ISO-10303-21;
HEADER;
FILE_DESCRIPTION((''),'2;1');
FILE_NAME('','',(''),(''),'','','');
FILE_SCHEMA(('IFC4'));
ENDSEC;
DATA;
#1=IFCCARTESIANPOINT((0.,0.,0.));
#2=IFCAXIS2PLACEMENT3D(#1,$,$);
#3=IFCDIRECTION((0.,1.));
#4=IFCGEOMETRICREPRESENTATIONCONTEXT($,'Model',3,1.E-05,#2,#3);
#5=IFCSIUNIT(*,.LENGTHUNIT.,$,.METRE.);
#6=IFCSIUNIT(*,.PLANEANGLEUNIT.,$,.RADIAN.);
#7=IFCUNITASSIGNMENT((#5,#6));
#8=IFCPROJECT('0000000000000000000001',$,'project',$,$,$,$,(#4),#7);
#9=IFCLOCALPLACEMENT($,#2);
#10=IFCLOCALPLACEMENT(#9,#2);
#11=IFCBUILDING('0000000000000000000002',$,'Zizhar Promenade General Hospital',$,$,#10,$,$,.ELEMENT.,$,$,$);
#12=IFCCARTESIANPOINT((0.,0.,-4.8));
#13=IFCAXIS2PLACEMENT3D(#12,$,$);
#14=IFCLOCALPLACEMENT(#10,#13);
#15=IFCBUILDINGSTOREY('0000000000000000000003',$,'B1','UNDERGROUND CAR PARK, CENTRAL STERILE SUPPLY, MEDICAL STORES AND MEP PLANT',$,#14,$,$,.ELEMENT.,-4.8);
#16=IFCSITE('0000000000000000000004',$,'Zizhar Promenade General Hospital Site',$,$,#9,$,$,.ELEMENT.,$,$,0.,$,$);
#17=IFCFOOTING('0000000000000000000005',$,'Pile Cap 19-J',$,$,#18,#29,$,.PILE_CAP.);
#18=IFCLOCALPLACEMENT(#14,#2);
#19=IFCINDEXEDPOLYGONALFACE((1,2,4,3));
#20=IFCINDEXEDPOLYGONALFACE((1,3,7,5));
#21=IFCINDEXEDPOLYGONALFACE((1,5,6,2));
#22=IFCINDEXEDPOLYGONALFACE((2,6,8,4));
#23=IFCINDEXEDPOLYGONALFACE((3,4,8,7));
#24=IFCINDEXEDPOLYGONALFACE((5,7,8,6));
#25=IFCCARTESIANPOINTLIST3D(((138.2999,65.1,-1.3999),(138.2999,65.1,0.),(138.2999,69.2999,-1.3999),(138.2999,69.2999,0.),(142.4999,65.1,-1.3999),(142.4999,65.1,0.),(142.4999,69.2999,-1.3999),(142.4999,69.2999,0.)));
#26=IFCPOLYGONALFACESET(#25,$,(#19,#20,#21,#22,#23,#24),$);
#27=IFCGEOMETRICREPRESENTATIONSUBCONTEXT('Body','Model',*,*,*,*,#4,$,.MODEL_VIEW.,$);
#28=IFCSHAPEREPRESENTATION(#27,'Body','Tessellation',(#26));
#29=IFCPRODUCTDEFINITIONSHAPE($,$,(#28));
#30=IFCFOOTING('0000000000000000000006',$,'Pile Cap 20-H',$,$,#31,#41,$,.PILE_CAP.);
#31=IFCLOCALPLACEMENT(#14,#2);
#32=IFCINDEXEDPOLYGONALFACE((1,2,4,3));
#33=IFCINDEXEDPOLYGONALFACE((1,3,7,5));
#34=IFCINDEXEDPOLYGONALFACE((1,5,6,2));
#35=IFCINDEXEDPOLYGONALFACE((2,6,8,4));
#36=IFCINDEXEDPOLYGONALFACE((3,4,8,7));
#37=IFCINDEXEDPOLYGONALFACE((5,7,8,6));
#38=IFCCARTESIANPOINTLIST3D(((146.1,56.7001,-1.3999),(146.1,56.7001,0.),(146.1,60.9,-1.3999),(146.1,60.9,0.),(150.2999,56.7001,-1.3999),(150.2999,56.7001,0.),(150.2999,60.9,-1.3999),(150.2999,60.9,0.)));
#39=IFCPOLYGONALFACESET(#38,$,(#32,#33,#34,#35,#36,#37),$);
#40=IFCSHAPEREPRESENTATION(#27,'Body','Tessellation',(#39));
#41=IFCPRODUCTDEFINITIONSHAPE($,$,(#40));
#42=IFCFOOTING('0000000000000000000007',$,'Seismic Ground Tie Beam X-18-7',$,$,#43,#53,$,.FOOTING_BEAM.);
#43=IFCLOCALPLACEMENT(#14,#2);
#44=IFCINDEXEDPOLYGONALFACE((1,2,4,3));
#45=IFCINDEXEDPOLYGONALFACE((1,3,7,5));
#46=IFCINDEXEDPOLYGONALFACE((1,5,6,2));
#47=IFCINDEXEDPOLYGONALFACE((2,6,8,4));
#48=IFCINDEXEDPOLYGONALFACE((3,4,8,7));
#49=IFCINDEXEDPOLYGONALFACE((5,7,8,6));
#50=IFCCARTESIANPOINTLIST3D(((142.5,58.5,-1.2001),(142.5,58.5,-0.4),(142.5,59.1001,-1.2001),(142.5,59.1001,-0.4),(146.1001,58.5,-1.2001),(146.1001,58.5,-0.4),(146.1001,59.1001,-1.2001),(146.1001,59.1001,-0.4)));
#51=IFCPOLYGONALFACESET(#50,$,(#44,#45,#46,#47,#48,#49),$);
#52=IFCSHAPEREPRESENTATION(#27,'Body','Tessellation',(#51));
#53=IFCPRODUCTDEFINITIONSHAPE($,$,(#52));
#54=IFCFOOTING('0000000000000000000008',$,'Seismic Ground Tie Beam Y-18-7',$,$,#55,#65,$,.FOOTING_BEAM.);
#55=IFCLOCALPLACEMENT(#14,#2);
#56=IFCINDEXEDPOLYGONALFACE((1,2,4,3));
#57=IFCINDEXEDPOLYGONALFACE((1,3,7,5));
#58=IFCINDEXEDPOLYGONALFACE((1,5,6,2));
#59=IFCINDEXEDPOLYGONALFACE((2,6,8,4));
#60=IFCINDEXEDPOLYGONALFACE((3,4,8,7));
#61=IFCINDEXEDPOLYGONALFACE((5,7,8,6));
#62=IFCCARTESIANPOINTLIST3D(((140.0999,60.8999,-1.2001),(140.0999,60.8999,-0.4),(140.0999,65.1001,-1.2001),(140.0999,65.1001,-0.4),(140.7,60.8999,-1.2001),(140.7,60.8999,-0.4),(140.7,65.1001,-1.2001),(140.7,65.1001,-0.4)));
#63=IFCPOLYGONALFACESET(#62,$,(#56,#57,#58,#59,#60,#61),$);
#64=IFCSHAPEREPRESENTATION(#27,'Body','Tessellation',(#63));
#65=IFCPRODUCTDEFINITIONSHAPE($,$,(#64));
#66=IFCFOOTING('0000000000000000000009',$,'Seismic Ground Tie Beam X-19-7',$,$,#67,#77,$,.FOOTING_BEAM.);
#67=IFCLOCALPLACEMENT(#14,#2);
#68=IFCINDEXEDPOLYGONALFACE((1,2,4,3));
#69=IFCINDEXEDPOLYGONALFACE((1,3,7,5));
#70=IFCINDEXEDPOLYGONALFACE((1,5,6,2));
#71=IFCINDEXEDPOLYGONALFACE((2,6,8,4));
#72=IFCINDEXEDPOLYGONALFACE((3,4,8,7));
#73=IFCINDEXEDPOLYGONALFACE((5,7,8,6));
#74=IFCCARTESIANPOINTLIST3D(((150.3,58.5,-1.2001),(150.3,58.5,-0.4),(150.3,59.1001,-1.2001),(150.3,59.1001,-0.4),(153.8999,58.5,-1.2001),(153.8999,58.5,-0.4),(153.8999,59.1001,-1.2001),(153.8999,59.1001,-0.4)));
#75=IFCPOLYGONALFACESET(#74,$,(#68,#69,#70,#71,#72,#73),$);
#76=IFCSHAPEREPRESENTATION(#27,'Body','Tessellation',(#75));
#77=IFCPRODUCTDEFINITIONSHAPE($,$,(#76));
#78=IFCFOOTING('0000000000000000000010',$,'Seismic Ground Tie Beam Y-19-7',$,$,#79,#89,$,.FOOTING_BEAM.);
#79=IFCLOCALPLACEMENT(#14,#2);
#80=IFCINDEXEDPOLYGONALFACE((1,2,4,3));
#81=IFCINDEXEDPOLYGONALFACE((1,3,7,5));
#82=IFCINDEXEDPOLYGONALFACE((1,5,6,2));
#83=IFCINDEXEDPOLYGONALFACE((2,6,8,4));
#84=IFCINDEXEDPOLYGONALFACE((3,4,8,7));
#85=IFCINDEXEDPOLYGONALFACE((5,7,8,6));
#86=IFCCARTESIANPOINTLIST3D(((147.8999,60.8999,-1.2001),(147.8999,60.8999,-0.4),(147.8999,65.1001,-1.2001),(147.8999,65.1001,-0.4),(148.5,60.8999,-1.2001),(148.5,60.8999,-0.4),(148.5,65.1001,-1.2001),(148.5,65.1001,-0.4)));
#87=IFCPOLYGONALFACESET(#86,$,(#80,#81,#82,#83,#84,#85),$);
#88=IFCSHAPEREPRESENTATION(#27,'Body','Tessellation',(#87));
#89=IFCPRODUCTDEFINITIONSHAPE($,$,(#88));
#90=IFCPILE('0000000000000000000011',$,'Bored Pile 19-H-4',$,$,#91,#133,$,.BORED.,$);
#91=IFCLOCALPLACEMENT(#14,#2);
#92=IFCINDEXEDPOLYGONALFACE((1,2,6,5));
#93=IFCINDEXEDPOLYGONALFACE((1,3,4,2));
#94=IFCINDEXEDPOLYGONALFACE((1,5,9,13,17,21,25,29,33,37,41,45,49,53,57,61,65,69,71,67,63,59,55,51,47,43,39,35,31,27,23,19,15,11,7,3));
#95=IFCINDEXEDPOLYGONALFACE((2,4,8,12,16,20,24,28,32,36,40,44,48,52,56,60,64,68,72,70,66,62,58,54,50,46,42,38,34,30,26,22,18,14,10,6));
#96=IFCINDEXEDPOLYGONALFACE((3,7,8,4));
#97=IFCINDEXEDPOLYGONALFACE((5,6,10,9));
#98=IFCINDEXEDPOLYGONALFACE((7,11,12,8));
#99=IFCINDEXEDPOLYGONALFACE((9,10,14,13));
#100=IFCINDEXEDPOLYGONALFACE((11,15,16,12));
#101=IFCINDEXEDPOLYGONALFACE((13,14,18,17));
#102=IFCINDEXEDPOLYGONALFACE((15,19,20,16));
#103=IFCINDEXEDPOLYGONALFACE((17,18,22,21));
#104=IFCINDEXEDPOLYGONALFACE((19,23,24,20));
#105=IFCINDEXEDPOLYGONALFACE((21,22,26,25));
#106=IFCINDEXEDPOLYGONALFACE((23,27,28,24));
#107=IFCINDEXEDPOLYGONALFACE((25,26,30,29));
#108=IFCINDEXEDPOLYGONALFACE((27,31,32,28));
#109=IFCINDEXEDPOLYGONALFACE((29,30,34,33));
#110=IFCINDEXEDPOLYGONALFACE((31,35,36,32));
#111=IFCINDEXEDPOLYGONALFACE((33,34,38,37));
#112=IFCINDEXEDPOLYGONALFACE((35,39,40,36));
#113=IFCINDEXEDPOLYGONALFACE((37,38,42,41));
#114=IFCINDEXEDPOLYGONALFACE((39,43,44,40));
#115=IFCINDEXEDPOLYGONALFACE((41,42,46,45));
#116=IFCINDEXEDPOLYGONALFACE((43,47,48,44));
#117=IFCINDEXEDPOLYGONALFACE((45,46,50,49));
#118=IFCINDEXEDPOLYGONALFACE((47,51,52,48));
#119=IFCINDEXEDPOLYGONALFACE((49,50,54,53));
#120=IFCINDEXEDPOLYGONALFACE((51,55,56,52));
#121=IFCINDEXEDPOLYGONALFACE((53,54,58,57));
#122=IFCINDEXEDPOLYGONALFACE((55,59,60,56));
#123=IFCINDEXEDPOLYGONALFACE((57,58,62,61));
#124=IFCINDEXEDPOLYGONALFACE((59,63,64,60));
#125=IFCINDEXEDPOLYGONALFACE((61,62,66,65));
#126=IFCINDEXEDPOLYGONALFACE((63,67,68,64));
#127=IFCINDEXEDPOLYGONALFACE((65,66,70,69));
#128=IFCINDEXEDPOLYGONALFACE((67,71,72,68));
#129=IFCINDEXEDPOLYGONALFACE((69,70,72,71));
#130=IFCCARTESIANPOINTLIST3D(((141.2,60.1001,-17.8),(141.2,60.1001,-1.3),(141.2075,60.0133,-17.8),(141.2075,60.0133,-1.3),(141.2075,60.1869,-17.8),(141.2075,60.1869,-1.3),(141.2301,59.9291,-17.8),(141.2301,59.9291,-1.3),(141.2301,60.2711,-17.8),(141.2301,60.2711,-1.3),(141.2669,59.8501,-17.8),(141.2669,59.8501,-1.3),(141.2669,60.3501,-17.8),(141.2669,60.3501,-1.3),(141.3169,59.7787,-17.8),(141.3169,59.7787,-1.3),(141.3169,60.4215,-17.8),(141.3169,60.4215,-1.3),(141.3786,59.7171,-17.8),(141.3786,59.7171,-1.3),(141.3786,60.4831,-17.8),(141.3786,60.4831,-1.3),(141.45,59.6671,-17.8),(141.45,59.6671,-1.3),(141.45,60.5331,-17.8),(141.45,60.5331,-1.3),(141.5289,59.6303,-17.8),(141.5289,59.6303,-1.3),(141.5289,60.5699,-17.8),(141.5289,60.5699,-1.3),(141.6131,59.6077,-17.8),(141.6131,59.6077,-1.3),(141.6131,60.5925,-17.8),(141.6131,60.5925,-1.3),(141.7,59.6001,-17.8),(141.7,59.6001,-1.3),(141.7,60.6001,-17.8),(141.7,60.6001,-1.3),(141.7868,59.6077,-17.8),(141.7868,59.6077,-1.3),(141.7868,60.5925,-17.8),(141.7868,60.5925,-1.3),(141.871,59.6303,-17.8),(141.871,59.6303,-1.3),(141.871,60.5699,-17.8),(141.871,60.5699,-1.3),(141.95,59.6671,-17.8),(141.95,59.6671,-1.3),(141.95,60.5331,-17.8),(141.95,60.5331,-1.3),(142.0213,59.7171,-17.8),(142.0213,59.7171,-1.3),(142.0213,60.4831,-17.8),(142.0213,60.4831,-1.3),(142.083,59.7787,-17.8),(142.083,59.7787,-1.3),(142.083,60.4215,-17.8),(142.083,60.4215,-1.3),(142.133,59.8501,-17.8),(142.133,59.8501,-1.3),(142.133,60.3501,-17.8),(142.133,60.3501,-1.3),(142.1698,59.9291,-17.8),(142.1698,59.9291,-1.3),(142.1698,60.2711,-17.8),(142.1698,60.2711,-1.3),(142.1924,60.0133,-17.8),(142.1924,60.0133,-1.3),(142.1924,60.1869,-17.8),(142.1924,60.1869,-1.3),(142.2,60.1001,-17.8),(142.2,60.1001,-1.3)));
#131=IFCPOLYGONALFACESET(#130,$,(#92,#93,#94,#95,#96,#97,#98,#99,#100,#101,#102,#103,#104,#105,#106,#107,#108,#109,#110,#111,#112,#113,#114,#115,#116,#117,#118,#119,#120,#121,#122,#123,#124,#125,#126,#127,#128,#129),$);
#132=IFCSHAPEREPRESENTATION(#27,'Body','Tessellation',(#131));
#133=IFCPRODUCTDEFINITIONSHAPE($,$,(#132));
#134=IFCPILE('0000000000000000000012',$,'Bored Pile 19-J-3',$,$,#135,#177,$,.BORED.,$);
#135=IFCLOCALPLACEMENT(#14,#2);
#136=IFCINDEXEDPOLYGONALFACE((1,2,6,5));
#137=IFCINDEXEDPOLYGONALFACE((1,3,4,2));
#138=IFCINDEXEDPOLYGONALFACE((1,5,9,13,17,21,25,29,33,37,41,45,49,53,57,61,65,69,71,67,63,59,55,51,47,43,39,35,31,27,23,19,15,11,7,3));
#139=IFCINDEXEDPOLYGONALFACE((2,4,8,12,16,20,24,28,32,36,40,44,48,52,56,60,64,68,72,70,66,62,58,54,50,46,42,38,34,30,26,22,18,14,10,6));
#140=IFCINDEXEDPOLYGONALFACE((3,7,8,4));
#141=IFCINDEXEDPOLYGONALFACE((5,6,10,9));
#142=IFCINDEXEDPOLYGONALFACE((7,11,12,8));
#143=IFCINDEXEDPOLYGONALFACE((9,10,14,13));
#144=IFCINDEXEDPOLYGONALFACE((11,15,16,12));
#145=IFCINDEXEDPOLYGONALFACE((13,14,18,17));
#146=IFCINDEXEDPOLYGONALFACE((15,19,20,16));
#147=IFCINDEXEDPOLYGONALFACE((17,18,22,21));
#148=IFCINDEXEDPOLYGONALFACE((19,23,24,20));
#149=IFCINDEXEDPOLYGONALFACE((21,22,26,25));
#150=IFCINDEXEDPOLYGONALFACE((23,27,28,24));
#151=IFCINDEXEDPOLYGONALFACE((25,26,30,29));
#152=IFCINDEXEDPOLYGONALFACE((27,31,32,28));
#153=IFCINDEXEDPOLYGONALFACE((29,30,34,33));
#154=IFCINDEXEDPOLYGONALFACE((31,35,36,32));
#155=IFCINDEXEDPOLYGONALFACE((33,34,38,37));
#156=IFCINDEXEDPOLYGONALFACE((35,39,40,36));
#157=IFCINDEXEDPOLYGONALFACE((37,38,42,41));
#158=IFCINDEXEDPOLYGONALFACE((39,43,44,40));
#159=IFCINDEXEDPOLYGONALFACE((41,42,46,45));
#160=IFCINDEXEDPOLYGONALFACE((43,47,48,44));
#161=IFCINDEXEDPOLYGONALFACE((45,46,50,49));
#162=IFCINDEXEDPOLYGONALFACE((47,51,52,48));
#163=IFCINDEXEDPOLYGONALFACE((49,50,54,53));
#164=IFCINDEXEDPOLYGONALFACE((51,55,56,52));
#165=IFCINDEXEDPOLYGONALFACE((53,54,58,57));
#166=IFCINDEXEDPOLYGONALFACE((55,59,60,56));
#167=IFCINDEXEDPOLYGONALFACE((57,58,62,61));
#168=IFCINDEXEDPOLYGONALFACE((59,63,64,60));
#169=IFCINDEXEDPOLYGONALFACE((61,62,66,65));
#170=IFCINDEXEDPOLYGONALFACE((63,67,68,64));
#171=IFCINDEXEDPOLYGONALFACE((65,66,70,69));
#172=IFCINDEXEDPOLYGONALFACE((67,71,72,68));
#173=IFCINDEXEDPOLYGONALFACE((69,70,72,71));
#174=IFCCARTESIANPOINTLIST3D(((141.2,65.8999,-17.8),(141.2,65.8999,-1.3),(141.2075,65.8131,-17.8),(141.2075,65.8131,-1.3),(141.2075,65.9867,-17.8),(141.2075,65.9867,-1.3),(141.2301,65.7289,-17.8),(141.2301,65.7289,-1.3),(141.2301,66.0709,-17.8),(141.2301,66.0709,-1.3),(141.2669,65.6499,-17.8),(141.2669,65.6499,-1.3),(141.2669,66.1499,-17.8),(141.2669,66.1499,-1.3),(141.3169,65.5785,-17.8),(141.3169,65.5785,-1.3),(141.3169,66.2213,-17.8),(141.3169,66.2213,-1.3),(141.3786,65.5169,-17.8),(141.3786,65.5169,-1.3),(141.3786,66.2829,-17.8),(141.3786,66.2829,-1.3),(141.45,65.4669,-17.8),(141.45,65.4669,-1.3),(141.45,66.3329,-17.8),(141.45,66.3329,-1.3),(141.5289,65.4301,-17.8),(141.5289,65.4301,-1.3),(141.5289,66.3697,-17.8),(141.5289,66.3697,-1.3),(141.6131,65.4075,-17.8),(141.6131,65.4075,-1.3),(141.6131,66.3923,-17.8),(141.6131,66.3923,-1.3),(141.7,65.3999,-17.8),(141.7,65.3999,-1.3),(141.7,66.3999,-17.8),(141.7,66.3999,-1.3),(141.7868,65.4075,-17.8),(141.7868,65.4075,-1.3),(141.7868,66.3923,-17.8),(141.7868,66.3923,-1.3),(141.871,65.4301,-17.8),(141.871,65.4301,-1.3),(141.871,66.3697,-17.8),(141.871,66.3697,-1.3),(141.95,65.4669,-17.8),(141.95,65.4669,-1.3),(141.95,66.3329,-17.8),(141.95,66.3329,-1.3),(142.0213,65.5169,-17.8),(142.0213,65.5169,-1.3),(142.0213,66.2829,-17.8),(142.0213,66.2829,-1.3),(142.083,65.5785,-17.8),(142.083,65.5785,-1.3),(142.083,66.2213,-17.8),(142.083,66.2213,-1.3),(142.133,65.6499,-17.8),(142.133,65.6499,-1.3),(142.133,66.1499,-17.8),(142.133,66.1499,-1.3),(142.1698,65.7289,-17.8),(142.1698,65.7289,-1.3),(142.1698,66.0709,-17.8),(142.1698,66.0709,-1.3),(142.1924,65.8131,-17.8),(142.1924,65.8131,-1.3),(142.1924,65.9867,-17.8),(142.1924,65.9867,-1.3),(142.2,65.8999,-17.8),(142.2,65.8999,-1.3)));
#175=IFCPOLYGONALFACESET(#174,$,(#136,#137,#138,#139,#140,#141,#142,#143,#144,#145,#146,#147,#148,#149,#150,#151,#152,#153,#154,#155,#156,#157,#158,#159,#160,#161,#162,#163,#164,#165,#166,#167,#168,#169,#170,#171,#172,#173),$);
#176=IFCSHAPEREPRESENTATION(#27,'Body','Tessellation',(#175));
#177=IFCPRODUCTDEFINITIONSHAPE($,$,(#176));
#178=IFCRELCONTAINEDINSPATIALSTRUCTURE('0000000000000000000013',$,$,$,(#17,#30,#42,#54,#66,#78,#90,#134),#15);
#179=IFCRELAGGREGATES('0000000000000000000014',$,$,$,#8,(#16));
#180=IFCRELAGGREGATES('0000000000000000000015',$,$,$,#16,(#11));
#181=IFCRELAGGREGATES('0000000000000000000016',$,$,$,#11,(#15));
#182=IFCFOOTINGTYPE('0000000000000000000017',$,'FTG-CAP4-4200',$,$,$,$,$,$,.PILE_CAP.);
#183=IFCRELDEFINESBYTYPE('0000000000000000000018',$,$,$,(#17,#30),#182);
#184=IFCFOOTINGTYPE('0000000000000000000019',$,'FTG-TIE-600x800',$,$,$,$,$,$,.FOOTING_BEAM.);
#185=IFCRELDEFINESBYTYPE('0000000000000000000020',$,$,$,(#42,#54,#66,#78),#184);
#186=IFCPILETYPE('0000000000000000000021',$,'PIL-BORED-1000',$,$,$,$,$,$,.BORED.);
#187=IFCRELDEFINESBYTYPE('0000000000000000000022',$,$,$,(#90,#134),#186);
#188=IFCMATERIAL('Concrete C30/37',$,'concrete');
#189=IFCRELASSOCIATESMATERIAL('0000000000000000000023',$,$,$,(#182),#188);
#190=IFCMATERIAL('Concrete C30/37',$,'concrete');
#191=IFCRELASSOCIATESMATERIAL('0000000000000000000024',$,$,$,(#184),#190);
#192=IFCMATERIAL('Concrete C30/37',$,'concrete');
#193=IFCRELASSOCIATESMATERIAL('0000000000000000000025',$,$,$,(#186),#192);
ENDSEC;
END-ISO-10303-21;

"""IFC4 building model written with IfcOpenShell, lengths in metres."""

from ifc_helpers import new_model, si_unit, direction, frame, origin, origin_2d, place, context, subcontext, project, spatial, rectangle, circle, extrude, material, material_profile, profile_set, type_object, element, save


model = new_model("IFC4")

# Units and contexts
model_context = context("Model", 3, precision=1e-05, world=origin(), true_north=direction((0.0, 1.0)))
body_context = subcontext(model_context, "Body", "Model", "MODEL_VIEW")
ifc_project = project(units=[si_unit("LENGTHUNIT", "METRE"), si_unit("PLANEANGLEUNIT", "RADIAN")], contexts=[model_context])

# Site, building, storey
site_placement = place(None, origin())
site = spatial("IfcSite", under=ifc_project, at=site_placement, Name="Zizhar Promenade General Hospital Site", CompositionType="ELEMENT", RefElevation=0.0)
building_placement = place(site_placement, origin())
building = spatial("IfcBuilding", under=site, at=building_placement, Name="Zizhar Promenade General Hospital", CompositionType="ELEMENT")
storey_placement = place(building_placement, frame((0.0, 0.0, -4.8)))
storey = spatial("IfcBuildingStorey", under=building, at=storey_placement, Name="B1", Description="UNDERGROUND CAR PARK, CENTRAL STERILE SUPPLY, MEDICAL STORES AND MEP PLANT", CompositionType="ELEMENT", Elevation=-4.8)

# Footings
ifc_material_1 = material(Name="Concrete C30/37", Category="concrete")
footing_type_1 = type_object("IfcFootingType", Name="FTG-CAP4-4200", PredefinedType="PILE_CAP", material=ifc_material_1)
for number, where, z_axis, x_axis, name in (
    (1, (140.3999, 67.2, -1.3999), (0.0, 0.0, 1.0), (1.0, 0.0, 0.0), "Pile Cap 19-J"),
    (2, (148.2, 58.8, -1.3999), (0.0, 0.0, 1.0), (1.0, 0.0, 0.0), "Pile Cap 20-H"),
):
    element("IfcFooting", number, at=place(storey_placement, frame(where, z_axis=z_axis, x_axis=x_axis)), inside=storey, type_object=footing_type_1, Name=name, PredefinedType="PILE_CAP", context=body_context, shape_type="SweptSolid", body=[
        extrude(rectangle(XDim=4.2, YDim=4.2, at=origin_2d()), origin(), (0.0, 0.0, 1.0), 1.3999),
    ])
ifc_material_2 = material(Name="Concrete C30/37", Category="concrete")
ifc_material_profile_1 = material_profile(ifc_material_2, rectangle(XDim=0.6001, YDim=0.8, at=origin_2d()))
ifc_profile_set_1 = profile_set([ifc_material_profile_1], Name="Concrete C30/37")
footing_type_2 = type_object("IfcFootingType", Name="FTG-TIE-600x800", PredefinedType="FOOTING_BEAM", material=ifc_profile_set_1)
footing_1_placement = place(storey_placement, frame((142.5, 58.8, -0.8), z_axis=(1.0, 0.0, 0.0), x_axis=(0.0, 1.0, 0.0)))
element("IfcFooting", 3, at=footing_1_placement, inside=storey, type_object=footing_type_2, Name="Seismic Ground Tie Beam X-18-7", PredefinedType="FOOTING_BEAM", context=body_context, shape_type="SweptSolid", body=[
    extrude(rectangle(XDim=0.6001, YDim=0.8, at=origin_2d()), origin(), (0.0, 0.0, 1.0), 3.6001),
])
footing_2_placement = place(storey_placement, frame((140.3999, 60.8999, -0.8), z_axis=(0.0, 1.0, 0.0), x_axis=(-1.0, 0.0, 0.0)))
element("IfcFooting", 4, at=footing_2_placement, inside=storey, type_object=footing_type_2, Name="Seismic Ground Tie Beam Y-18-7", PredefinedType="FOOTING_BEAM", context=body_context, shape_type="SweptSolid", body=[
    extrude(rectangle(XDim=0.6001, YDim=0.8, at=origin_2d()), origin(), (0.0, 0.0, 1.0), 4.2002),
])
footing_3_placement = place(storey_placement, frame((150.3, 58.8, -0.8), z_axis=(1.0, 0.0, 0.0), x_axis=(0.0, 1.0, 0.0)))
element("IfcFooting", 5, at=footing_3_placement, inside=storey, type_object=footing_type_2, Name="Seismic Ground Tie Beam X-19-7", PredefinedType="FOOTING_BEAM", context=body_context, shape_type="SweptSolid", body=[
    extrude(rectangle(XDim=0.6001, YDim=0.8, at=origin_2d()), origin(), (0.0, 0.0, 1.0), 3.5999),
])
footing_4_placement = place(storey_placement, frame((148.2, 60.8999, -0.8), z_axis=(0.0, 1.0, 0.0), x_axis=(-1.0, 0.0, 0.0)))
element("IfcFooting", 6, at=footing_4_placement, inside=storey, type_object=footing_type_2, Name="Seismic Ground Tie Beam Y-19-7", PredefinedType="FOOTING_BEAM", context=body_context, shape_type="SweptSolid", body=[
    extrude(rectangle(XDim=0.6001, YDim=0.8, at=origin_2d()), origin(), (0.0, 0.0, 1.0), 4.2002),
])

# Piles
ifc_material_3 = material(Name="Concrete C30/37", Category="concrete")
ifc_material_profile_2 = material_profile(ifc_material_3, circle(Radius=0.5, at=origin_2d()))
ifc_profile_set_2 = profile_set([ifc_material_profile_2], Name="Concrete C30/37")
pile_type = type_object("IfcPileType", Name="PIL-BORED-1000", PredefinedType="BORED", material=ifc_profile_set_2)
for number, where, z_axis, x_axis, name in (
    (7, (141.7, 60.1001, -1.3), (0.0, 0.0, -1.0), (1.0, 0.0, 0.0), "Bored Pile 19-H-4"),
    (8, (141.7, 65.8999, -1.3), (0.0, 0.0, -1.0), (1.0, 0.0, 0.0), "Bored Pile 19-J-3"),
):
    element("IfcPile", number, at=place(storey_placement, frame(where, z_axis=z_axis, x_axis=x_axis)), inside=storey, type_object=pile_type, Name=name, PredefinedType="BORED", context=body_context, shape_type="SweptSolid", body=[
        extrude(circle(Radius=0.5, at=origin_2d()), origin(), (0.0, 0.0, 1.0), 16.5),
    ])

save(model, "model.ifc")
